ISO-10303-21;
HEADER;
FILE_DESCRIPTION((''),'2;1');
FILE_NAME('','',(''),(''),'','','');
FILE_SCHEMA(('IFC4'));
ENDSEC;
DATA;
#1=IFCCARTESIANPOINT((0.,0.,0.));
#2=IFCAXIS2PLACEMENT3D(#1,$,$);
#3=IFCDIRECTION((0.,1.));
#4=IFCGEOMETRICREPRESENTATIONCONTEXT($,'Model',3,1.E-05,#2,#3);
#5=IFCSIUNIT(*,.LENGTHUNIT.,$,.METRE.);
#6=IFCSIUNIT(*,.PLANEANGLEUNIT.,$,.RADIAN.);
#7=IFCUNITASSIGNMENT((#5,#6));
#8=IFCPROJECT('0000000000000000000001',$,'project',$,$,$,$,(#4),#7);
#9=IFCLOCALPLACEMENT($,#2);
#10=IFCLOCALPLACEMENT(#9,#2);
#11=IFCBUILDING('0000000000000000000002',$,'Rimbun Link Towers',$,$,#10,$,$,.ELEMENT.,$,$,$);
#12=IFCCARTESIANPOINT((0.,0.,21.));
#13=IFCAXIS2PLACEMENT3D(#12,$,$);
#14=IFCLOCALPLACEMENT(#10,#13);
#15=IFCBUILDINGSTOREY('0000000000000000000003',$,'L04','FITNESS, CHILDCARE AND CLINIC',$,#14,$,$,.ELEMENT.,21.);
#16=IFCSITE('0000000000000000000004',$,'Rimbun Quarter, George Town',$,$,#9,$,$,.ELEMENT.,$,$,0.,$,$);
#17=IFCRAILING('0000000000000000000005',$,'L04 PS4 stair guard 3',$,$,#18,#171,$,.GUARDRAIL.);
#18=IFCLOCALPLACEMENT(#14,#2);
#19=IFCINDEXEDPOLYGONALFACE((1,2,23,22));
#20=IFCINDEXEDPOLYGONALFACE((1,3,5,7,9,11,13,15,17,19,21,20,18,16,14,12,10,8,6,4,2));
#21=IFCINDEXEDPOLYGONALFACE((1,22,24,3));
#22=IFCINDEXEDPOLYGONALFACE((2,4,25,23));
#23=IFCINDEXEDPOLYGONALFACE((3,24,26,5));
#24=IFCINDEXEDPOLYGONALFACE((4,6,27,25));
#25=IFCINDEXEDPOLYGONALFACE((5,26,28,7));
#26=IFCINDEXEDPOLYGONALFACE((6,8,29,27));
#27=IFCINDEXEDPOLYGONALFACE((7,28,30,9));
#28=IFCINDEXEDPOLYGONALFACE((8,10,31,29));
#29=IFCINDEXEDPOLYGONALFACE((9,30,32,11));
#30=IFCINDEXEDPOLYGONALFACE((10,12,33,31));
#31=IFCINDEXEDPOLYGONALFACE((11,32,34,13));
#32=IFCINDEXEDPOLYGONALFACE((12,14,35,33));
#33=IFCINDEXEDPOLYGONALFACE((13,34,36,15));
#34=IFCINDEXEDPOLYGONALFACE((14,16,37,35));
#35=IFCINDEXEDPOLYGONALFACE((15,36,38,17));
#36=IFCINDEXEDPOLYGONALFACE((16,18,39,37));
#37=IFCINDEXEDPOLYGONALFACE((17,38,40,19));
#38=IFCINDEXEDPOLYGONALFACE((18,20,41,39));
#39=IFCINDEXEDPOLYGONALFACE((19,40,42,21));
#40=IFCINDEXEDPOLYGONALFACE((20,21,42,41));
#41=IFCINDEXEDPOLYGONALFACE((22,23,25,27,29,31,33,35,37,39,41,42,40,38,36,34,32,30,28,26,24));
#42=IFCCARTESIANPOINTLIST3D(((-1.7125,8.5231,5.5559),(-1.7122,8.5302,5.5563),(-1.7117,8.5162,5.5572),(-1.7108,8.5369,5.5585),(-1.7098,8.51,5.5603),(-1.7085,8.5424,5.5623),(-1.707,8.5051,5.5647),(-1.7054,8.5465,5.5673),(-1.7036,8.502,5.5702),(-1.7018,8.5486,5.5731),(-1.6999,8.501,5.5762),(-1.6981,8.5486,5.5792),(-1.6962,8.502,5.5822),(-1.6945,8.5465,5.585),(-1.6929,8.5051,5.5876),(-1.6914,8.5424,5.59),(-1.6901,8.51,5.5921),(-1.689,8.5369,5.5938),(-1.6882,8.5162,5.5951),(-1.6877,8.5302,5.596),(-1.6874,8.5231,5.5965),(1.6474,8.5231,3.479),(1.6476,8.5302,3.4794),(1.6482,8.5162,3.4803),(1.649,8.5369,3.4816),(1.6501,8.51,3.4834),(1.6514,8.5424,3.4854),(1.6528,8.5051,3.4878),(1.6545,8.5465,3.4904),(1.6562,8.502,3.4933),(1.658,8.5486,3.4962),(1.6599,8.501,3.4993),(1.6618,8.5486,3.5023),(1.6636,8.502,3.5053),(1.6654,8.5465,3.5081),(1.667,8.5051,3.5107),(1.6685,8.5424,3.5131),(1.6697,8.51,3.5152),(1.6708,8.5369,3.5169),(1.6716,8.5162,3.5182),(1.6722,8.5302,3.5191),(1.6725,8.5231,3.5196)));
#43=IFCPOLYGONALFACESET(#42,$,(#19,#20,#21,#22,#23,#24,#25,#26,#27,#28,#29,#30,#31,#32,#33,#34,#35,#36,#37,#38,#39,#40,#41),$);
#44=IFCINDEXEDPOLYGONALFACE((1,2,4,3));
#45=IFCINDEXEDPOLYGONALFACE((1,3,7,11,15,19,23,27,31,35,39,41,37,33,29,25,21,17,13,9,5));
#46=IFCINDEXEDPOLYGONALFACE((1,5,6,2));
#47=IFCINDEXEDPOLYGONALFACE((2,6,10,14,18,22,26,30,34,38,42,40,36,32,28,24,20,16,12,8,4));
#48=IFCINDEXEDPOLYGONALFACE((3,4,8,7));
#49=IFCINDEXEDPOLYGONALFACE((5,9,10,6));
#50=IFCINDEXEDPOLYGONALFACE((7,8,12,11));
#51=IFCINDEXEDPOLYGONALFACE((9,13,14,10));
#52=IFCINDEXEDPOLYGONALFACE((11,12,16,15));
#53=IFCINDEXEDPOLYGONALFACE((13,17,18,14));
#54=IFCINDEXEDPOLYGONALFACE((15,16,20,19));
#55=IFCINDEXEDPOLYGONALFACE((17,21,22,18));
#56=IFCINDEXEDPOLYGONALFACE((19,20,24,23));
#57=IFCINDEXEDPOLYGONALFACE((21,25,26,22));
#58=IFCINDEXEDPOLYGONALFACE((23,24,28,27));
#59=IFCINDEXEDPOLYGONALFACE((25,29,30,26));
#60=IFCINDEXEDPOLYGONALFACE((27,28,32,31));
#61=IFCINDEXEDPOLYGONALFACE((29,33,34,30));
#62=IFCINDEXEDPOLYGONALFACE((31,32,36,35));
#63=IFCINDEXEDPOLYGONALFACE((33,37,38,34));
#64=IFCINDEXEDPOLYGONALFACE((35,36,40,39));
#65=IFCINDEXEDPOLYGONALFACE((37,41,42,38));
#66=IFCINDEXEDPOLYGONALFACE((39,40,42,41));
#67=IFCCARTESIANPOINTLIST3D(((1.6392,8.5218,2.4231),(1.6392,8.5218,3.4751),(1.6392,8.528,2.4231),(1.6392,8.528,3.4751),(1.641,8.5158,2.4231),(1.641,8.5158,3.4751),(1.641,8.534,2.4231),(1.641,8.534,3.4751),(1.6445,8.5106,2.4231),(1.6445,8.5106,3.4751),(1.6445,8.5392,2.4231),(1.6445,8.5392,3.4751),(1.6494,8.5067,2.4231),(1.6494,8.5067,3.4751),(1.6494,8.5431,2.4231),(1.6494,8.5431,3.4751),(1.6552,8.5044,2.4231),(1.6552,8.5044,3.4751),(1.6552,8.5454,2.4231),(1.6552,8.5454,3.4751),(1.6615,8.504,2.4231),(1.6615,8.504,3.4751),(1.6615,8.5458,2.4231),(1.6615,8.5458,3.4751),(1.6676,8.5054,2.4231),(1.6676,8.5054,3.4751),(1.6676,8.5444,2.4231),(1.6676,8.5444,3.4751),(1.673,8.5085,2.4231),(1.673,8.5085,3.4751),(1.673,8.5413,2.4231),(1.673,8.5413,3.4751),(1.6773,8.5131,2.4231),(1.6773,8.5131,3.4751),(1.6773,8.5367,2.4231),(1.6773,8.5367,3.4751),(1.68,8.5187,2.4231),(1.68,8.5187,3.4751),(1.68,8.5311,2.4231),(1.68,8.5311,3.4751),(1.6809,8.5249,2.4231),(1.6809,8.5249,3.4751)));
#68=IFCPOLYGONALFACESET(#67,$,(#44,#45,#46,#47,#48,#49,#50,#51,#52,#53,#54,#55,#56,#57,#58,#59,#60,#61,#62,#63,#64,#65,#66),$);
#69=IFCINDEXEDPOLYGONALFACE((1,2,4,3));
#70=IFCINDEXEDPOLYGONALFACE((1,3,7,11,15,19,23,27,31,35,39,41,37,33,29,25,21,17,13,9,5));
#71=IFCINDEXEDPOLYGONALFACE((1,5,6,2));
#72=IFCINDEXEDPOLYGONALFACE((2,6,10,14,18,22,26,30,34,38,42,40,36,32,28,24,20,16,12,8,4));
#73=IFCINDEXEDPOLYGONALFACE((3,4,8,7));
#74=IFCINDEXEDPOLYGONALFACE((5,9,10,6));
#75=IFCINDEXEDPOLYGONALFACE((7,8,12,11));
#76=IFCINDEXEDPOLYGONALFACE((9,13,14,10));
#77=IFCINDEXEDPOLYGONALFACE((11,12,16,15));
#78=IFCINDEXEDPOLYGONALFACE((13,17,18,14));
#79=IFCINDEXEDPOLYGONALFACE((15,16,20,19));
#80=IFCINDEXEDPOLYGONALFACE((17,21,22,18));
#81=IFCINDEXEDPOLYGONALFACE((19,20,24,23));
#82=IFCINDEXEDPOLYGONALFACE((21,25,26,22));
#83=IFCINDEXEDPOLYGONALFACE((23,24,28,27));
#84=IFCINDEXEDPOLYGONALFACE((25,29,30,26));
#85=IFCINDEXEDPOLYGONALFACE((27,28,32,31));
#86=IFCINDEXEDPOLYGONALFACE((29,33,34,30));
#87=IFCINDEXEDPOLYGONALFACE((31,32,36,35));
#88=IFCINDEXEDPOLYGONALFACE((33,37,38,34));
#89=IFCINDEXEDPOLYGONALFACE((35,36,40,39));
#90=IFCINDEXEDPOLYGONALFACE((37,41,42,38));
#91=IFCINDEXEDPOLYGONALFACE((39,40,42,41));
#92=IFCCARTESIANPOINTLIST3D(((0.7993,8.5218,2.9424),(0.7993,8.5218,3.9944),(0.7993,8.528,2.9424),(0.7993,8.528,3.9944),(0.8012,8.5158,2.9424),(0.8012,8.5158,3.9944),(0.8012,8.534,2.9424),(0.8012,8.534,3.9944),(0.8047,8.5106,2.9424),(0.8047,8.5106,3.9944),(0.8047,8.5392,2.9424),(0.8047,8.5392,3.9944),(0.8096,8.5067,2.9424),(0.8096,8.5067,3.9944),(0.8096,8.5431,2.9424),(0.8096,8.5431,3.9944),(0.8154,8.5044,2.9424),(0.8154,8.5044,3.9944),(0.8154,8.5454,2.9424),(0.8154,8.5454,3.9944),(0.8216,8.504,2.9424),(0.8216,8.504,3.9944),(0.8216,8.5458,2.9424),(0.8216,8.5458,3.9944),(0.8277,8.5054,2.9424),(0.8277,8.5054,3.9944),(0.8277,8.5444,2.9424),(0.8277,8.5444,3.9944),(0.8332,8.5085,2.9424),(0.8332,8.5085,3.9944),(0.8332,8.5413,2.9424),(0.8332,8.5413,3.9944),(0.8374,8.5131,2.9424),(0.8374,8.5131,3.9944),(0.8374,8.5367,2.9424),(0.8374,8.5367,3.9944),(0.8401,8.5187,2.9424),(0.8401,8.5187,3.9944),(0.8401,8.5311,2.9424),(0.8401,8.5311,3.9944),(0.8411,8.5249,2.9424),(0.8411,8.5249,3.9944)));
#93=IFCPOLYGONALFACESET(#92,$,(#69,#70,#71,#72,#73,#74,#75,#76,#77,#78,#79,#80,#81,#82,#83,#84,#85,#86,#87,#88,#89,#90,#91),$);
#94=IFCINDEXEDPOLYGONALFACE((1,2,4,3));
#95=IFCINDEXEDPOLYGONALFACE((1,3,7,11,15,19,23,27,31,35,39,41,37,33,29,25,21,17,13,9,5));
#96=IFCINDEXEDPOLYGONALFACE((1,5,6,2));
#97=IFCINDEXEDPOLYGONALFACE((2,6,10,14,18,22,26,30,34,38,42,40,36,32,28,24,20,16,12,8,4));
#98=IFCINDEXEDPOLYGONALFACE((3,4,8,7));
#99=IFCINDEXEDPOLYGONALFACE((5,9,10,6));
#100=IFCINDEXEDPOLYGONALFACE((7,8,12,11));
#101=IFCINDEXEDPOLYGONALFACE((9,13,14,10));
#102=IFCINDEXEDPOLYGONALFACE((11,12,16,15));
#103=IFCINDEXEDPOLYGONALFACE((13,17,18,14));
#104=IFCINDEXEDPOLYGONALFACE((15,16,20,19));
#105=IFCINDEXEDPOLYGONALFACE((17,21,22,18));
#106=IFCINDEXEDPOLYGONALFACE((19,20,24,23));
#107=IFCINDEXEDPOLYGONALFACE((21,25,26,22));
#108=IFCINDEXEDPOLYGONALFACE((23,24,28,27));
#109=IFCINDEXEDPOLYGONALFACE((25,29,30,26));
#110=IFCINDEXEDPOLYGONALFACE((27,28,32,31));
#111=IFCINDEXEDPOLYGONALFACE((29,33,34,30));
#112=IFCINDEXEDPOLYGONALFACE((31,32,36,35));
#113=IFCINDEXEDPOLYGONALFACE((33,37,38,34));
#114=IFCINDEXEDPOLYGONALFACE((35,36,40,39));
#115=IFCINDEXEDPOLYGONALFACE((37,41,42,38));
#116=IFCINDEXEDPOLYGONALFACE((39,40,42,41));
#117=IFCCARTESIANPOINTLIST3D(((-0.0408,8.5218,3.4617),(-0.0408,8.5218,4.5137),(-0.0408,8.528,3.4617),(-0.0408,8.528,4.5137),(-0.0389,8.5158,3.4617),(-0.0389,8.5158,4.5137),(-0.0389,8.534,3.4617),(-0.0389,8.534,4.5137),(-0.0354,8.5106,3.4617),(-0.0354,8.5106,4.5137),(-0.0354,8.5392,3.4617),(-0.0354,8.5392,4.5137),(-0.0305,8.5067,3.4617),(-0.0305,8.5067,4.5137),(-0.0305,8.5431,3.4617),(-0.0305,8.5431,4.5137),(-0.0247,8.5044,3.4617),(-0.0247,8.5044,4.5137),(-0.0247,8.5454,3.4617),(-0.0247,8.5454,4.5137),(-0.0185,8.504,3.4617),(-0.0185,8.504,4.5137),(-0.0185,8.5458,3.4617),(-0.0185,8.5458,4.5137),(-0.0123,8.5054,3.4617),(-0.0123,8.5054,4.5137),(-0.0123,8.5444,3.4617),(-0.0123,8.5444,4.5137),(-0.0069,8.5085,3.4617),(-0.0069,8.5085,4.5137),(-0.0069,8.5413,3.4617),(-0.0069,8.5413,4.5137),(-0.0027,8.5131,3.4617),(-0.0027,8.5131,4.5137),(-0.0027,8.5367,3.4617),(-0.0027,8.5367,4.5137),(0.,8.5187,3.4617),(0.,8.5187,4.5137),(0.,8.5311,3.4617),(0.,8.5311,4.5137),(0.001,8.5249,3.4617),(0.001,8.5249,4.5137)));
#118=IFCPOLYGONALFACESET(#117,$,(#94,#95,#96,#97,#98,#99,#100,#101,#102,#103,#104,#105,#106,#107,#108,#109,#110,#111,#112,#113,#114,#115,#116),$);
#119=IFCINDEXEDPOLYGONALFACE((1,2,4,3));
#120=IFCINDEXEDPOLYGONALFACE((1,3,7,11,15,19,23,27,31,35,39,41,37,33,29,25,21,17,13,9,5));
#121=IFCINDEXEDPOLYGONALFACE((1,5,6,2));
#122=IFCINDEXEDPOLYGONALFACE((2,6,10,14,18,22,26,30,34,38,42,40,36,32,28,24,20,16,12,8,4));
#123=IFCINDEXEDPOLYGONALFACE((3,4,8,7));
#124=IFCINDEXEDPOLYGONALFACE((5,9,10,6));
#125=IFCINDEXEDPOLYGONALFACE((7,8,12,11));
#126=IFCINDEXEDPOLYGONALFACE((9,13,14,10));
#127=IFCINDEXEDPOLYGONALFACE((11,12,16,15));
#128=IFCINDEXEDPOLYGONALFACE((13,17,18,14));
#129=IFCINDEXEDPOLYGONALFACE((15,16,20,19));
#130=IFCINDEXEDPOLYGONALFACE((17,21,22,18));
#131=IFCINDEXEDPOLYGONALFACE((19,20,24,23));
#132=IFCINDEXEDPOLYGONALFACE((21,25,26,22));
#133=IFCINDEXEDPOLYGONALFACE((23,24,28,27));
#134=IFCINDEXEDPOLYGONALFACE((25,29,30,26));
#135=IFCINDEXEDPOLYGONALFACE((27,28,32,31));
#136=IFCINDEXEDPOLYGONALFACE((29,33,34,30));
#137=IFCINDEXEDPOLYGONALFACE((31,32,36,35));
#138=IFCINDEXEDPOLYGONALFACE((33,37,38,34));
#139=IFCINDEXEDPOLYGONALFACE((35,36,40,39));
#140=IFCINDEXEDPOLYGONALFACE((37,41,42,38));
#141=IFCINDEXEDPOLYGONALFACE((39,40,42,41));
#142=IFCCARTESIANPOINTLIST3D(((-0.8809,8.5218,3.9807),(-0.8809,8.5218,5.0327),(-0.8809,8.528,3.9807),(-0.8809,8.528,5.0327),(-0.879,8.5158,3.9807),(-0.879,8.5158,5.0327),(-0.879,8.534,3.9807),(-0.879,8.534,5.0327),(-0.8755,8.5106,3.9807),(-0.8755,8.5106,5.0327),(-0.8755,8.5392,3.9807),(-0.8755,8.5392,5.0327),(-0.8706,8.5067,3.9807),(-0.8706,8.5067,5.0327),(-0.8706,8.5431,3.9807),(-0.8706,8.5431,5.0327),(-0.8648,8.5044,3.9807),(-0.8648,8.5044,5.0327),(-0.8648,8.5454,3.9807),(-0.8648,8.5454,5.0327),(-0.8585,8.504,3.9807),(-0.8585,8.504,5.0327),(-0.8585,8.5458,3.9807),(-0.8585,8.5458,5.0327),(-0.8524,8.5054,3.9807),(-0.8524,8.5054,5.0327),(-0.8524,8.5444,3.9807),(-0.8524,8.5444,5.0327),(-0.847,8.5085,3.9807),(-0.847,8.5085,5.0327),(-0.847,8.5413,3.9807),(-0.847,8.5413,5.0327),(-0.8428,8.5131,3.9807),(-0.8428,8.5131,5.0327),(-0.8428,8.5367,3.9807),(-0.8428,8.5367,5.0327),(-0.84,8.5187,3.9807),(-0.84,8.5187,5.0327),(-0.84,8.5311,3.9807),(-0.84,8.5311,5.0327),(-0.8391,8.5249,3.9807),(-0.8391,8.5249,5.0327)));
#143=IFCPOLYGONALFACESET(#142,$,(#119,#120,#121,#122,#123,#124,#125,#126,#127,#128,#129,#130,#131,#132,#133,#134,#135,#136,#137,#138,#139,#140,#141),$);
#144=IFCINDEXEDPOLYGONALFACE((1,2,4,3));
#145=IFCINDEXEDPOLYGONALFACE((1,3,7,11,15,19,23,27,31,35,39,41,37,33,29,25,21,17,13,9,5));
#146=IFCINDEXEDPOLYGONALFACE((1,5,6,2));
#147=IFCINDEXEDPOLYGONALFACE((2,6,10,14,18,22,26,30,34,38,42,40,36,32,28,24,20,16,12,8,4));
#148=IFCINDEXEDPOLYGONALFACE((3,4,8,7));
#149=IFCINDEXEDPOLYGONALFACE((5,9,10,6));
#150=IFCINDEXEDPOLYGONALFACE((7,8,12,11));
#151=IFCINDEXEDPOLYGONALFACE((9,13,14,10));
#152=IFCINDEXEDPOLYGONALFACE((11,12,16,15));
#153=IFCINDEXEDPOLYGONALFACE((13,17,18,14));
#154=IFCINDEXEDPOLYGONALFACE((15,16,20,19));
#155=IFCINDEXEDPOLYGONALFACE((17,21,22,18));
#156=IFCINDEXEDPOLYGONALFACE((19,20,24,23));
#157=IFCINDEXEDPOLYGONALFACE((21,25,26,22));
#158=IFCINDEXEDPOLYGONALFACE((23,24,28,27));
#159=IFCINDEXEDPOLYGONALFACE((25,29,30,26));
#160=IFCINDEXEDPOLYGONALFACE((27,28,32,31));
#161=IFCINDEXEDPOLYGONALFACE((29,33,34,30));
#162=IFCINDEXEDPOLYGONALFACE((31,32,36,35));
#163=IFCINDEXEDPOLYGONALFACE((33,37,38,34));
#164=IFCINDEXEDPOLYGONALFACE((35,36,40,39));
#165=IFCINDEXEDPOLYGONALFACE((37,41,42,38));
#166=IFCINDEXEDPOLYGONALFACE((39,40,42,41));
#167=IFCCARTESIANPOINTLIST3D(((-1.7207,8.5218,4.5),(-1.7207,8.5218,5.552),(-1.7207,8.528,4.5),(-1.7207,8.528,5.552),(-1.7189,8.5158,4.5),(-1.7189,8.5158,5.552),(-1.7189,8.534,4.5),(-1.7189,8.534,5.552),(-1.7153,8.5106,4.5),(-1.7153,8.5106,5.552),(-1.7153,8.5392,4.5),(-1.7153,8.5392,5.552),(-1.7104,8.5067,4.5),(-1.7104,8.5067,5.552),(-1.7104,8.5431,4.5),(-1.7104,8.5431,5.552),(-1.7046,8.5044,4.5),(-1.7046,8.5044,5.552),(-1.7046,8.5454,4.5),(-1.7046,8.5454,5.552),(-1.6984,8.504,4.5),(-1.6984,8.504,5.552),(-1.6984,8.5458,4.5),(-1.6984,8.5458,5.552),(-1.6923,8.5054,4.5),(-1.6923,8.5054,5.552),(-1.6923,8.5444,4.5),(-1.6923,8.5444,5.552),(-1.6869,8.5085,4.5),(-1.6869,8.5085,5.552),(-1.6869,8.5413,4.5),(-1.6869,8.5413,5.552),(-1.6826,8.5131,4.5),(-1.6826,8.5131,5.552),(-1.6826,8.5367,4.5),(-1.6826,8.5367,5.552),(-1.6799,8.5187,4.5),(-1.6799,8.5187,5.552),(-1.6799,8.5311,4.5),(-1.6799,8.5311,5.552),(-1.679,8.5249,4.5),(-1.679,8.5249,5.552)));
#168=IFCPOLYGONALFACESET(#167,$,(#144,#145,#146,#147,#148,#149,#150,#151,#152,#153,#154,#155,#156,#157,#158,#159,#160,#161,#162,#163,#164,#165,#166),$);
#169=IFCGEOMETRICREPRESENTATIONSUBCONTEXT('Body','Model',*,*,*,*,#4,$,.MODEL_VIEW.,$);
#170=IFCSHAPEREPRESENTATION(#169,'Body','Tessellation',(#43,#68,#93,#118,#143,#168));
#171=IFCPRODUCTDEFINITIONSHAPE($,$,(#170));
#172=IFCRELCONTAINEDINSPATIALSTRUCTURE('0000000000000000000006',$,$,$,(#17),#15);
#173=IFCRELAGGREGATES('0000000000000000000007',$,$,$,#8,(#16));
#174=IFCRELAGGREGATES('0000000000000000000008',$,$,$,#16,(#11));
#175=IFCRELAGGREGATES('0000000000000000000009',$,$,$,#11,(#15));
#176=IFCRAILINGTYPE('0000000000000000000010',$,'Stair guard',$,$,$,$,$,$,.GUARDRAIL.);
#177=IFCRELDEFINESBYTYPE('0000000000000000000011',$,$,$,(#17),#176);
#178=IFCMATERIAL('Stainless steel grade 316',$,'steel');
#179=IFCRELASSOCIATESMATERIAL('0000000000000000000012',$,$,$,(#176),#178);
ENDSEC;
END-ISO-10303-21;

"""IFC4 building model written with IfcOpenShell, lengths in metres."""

from ifc_helpers import new_model, si_unit, direction, frame, origin, origin_2d, place, context, subcontext, project, spatial, circle, extrude, material, type_object, element, save


model = new_model("IFC4")

# Units and contexts
model_context = context("Model", 3, precision=1e-05, world=origin(), true_north=direction((0.0, 1.0)))
body_context = subcontext(model_context, "Body", "Model", "MODEL_VIEW")
ifc_project = project(units=[si_unit("LENGTHUNIT", "METRE"), si_unit("PLANEANGLEUNIT", "RADIAN")], contexts=[model_context])

# Site, building, storey
site_placement = place(None, origin())
site = spatial("IfcSite", under=ifc_project, at=site_placement, Name="Rimbun Quarter, George Town", CompositionType="ELEMENT", RefElevation=0.0)
building_placement = place(site_placement, origin())
building = spatial("IfcBuilding", under=site, at=building_placement, Name="Rimbun Link Towers", CompositionType="ELEMENT")
storey_placement = place(building_placement, frame((0.0, 0.0, 21.0)))
storey = spatial("IfcBuildingStorey", under=building, at=storey_placement, Name="L04", Description="FITNESS, CHILDCARE AND CLINIC", CompositionType="ELEMENT", Elevation=21.0)

# Railing
ifc_material_1 = material(Name="Stainless steel grade 316", Category="steel")
railing_type_1 = type_object("IfcRailingType", Name="Stair guard", PredefinedType="GUARDRAIL", material=ifc_material_1)
railing_1_placement = place(storey_placement, frame((1.6599, 8.5249, 2.4231)))
element("IfcRailing", 1, at=railing_1_placement, inside=storey, type_object=railing_type_1, Name="L04 PS4 stair guard 3", PredefinedType="GUARDRAIL", context=body_context, shape_type="SweptSolid", body=[
    extrude(circle(Radius=0.0239, at=origin_2d()), frame((0.0, 0.0, 1.0762), z_axis=(-0.850606, 0.0, 0.525803), x_axis=(0.0, -1.0, 0.0)), (0.0, 0.0, 1.0), 3.95),
    extrude(circle(Radius=0.021, at=origin_2d()), origin(), (0.0, 0.0, 1.0), 1.052),
    extrude(circle(Radius=0.021, at=origin_2d()), frame((-0.8398, 0.0, 0.5193)), (0.0, 0.0, 1.0), 1.052),
    extrude(circle(Radius=0.021, at=origin_2d()), frame((-1.6799, 0.0, 1.0386)), (0.0, 0.0, 1.0), 1.052),
    extrude(circle(Radius=0.021, at=origin_2d()), frame((-2.52, 0.0, 1.5576)), (0.0, 0.0, 1.0), 1.052),
    extrude(circle(Radius=0.021, at=origin_2d()), frame((-3.3599, 0.0, 2.0769)), (0.0, 0.0, 1.0), 1.052),
])

save(model, "model.ifc")
